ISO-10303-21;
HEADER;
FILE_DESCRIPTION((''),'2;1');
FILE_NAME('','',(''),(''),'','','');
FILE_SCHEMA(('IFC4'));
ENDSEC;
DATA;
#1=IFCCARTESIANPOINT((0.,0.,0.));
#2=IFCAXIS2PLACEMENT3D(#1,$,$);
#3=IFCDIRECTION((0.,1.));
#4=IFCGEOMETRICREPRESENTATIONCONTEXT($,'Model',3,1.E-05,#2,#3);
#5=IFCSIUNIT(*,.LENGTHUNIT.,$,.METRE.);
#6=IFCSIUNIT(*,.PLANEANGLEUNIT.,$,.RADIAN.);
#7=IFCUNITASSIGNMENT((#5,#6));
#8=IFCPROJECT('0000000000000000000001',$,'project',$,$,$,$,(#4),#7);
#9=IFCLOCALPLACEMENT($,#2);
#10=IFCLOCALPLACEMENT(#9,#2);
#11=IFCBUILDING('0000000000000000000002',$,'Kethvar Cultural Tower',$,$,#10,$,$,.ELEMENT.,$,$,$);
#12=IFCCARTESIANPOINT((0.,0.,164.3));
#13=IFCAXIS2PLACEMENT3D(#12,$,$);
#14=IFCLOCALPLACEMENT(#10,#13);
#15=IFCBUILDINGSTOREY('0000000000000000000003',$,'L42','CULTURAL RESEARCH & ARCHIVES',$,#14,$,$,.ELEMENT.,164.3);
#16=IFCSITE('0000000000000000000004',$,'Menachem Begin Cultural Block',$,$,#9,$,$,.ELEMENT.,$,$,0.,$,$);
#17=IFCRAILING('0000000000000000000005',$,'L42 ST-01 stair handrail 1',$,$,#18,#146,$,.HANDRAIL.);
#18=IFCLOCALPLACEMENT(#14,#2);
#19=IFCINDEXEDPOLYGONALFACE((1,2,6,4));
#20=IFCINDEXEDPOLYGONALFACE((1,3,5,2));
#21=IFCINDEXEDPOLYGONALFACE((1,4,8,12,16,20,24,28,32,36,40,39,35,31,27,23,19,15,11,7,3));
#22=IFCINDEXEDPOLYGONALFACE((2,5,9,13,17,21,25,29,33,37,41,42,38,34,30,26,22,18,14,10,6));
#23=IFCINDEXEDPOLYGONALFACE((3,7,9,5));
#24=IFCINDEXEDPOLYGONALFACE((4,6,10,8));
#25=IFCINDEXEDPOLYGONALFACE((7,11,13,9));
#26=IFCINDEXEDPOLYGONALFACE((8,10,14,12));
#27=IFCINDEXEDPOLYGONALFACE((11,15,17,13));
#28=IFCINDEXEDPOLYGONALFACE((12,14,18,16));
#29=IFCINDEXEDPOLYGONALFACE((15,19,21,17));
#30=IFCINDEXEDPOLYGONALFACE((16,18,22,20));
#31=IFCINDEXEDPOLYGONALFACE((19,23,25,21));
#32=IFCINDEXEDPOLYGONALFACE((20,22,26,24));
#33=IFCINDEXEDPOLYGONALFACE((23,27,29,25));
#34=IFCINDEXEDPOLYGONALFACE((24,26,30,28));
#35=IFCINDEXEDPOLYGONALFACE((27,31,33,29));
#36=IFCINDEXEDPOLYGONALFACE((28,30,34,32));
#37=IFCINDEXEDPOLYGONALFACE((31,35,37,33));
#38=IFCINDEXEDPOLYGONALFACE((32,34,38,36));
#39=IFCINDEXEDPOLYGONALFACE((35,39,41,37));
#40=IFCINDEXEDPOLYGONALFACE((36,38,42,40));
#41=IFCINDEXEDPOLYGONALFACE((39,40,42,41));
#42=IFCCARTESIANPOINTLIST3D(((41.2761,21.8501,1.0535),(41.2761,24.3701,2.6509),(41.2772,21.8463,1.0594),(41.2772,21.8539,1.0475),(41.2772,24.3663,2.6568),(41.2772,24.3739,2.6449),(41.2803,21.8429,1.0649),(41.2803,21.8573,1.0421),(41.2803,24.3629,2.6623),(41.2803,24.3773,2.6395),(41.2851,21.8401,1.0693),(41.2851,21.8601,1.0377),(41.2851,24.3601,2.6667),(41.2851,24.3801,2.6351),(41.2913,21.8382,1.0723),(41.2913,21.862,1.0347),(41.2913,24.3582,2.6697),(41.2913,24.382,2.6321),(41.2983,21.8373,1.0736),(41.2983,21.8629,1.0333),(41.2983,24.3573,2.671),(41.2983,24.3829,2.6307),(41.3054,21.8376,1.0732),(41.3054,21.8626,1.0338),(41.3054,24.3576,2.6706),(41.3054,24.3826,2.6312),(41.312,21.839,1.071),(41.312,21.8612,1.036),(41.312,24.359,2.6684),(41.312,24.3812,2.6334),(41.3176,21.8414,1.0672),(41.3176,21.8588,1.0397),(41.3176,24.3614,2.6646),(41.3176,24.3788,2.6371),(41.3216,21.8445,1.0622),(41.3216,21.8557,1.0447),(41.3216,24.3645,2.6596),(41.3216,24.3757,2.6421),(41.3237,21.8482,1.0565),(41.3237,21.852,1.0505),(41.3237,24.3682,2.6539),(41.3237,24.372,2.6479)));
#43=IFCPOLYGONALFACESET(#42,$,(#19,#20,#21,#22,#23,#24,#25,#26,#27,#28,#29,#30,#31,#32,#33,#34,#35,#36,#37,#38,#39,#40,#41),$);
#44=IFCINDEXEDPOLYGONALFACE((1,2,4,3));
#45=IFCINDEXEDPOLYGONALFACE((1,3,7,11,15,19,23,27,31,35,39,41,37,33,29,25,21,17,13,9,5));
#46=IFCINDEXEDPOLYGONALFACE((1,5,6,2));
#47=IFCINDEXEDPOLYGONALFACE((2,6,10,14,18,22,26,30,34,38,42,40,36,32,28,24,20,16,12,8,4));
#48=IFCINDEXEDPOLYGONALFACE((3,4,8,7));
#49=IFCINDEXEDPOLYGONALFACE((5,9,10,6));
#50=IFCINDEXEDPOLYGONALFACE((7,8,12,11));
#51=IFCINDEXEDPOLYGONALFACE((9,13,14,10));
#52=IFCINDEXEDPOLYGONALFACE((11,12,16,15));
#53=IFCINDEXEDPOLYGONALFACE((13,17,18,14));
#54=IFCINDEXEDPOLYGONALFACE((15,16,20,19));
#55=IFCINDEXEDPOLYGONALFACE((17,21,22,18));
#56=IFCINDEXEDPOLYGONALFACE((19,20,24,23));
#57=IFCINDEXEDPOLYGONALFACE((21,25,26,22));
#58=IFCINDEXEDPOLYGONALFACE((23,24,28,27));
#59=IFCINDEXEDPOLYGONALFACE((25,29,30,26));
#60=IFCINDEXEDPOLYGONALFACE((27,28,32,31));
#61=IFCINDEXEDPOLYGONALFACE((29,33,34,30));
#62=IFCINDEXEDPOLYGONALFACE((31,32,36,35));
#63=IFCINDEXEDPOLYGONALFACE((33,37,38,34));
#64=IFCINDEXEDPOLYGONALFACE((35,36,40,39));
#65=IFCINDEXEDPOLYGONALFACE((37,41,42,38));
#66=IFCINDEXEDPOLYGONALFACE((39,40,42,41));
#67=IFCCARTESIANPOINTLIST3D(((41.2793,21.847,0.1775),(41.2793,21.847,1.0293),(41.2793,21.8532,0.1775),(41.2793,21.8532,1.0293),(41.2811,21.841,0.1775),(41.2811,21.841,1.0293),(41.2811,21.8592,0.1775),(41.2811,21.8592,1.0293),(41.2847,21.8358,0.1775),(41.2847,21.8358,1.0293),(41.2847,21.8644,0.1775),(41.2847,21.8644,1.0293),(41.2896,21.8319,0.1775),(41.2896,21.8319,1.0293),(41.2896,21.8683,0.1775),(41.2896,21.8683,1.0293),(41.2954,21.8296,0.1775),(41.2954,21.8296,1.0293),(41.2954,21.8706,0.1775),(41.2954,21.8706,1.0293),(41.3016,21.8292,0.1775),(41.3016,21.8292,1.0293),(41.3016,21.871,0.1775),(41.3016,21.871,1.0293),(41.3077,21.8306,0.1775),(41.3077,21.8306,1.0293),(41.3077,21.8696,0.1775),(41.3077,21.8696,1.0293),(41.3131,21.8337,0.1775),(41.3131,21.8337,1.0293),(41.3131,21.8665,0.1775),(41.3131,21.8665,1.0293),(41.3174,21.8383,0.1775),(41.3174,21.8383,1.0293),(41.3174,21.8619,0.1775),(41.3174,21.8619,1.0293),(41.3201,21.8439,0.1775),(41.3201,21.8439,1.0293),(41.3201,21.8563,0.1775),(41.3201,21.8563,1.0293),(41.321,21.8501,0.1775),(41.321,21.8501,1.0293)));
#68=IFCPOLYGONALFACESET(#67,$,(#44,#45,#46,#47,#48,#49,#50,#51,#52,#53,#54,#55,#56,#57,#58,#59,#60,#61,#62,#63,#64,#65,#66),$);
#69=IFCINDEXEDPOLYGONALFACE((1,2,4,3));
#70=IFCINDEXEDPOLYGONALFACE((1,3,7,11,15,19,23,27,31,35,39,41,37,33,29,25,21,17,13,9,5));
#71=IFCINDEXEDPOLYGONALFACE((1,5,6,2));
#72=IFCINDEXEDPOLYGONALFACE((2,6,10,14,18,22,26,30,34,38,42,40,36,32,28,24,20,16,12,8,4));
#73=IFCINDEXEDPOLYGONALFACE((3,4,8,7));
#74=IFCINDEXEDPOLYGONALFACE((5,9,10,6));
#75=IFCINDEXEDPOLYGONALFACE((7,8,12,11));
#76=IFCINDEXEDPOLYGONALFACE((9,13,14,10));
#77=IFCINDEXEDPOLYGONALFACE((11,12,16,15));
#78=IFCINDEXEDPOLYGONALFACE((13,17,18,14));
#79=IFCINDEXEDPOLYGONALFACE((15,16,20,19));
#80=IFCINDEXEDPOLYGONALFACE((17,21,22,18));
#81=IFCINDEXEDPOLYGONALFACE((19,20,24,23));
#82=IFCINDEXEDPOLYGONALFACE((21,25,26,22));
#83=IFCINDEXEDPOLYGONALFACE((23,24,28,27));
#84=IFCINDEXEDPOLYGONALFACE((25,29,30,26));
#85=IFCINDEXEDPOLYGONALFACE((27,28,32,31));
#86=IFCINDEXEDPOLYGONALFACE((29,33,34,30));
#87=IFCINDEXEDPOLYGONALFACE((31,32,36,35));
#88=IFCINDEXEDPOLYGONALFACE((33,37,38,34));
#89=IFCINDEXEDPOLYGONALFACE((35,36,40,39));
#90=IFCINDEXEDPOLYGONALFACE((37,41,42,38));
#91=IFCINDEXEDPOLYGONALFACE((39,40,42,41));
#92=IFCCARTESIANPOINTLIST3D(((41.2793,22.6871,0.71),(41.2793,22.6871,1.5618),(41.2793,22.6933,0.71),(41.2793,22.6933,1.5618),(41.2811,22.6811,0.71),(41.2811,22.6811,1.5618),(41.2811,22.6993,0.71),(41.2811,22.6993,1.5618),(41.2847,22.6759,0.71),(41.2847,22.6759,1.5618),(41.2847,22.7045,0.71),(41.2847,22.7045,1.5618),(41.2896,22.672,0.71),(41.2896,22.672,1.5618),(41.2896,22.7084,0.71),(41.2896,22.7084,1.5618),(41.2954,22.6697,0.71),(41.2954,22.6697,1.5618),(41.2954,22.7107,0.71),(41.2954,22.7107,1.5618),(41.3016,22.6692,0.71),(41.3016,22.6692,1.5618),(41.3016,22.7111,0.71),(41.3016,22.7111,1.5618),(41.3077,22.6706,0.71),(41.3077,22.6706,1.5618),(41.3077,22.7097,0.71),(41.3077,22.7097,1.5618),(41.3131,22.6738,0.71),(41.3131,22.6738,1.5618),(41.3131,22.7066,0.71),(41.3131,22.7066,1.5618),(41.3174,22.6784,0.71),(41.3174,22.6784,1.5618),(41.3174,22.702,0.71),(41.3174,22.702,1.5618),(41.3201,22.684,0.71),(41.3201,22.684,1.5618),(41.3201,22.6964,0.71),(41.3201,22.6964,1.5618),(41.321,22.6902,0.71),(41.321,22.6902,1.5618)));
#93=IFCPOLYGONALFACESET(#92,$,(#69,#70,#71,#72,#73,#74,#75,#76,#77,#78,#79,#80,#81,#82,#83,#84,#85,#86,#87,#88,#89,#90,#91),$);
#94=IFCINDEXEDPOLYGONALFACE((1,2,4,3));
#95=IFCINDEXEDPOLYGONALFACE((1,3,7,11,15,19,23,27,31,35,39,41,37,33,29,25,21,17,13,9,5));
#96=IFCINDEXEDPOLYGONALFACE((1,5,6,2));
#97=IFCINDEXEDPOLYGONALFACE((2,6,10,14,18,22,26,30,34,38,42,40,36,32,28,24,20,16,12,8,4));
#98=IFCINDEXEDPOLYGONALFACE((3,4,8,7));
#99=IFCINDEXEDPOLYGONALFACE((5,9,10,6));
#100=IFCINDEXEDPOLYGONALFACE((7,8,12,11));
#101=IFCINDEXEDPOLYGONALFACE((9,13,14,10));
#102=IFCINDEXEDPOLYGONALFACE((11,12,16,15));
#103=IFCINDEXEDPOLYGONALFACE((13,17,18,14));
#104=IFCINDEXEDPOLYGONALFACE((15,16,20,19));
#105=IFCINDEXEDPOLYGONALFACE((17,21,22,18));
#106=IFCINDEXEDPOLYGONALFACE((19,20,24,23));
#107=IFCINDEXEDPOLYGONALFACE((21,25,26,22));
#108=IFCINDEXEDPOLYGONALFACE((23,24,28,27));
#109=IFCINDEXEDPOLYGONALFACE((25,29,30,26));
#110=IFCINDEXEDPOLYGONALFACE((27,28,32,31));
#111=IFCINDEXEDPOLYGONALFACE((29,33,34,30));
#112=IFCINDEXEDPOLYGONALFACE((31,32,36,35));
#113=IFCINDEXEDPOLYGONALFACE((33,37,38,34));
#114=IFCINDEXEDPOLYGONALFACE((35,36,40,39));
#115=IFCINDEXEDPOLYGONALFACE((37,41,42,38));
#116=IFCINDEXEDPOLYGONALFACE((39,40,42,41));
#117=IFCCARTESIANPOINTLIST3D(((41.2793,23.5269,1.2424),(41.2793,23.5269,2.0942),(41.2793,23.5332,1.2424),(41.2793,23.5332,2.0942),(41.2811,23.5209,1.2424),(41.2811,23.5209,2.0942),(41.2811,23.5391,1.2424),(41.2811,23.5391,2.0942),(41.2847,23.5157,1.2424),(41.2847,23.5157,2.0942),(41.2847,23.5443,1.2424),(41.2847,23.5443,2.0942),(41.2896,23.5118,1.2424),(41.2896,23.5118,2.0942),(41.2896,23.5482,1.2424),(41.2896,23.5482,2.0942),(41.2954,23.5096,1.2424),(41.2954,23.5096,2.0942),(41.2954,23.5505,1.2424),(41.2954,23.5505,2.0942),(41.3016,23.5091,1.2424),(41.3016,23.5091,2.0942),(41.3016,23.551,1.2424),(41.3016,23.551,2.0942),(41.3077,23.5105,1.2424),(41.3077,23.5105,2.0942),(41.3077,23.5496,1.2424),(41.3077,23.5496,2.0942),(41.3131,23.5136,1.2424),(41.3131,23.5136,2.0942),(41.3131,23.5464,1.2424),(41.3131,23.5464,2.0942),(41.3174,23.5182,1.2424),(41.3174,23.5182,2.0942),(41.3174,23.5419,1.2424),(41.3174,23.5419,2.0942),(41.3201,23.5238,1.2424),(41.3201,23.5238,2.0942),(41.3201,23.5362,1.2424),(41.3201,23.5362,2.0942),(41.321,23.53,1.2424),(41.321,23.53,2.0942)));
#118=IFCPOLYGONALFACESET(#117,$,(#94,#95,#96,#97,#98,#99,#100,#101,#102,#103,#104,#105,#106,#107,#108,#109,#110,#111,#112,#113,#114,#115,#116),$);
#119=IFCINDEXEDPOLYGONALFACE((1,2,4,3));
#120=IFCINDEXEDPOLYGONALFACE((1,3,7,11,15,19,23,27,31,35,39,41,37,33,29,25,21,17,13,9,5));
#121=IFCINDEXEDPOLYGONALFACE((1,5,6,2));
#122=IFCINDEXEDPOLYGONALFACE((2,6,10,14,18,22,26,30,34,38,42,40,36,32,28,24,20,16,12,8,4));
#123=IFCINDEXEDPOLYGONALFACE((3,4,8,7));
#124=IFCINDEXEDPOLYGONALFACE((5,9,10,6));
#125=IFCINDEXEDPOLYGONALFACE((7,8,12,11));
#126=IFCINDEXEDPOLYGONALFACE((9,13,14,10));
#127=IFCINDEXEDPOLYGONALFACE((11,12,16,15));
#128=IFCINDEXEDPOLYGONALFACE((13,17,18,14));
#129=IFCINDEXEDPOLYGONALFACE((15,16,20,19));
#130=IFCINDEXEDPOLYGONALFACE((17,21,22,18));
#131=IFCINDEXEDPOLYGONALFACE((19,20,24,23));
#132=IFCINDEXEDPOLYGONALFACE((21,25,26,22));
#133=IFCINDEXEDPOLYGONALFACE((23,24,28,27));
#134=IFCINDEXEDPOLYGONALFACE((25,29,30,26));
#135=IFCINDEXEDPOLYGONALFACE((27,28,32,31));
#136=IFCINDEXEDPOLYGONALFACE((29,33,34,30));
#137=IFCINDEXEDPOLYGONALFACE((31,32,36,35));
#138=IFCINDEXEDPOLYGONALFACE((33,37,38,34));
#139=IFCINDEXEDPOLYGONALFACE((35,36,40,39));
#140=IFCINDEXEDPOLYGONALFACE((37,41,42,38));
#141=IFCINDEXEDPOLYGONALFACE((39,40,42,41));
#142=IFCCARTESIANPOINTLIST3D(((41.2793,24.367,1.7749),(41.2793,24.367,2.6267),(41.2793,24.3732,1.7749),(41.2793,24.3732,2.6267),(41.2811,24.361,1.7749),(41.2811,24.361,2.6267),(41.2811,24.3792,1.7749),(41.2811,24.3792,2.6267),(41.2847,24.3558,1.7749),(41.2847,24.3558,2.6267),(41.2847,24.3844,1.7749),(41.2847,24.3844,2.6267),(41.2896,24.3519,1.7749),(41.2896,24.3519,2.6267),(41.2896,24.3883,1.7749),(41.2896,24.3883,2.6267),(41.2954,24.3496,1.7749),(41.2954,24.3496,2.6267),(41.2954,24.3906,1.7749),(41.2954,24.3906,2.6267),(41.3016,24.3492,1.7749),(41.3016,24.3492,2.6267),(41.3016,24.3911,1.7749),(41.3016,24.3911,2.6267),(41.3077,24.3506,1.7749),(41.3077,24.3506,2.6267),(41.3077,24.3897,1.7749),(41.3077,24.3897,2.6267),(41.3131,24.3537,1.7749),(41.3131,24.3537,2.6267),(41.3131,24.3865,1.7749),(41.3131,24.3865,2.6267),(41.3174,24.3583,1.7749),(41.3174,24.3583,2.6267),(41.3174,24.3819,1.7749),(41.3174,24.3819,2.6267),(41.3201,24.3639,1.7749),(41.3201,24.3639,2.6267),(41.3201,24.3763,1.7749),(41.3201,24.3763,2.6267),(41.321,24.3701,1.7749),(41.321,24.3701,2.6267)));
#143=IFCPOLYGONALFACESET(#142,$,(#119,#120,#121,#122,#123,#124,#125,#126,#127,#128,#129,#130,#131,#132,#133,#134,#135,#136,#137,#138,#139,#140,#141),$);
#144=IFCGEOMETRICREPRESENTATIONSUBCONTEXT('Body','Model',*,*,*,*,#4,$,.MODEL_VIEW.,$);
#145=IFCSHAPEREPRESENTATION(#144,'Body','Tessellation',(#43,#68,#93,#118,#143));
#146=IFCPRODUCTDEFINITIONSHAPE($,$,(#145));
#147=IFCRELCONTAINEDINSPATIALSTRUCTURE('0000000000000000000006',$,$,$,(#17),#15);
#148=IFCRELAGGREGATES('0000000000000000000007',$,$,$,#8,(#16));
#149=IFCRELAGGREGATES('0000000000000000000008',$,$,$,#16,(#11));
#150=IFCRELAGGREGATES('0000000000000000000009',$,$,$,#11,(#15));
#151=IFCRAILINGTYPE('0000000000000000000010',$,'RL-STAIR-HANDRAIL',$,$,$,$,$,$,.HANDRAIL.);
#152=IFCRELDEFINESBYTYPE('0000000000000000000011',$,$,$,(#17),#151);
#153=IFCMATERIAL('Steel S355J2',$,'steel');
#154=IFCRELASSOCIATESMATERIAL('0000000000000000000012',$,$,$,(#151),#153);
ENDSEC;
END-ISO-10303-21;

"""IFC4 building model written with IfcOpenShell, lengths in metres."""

from ifc_helpers import new_model, si_unit, direction, frame, origin, origin_2d, place, context, subcontext, project, spatial, circle, extrude, material, type_object, element, save


model = new_model("IFC4")

# Units and contexts
model_context = context("Model", 3, precision=1e-05, world=origin(), true_north=direction((0.0, 1.0)))
body_context = subcontext(model_context, "Body", "Model", "MODEL_VIEW")
ifc_project = project(units=[si_unit("LENGTHUNIT", "METRE"), si_unit("PLANEANGLEUNIT", "RADIAN")], contexts=[model_context])

# Site, building, storey
site_placement = place(None, origin())
site = spatial("IfcSite", under=ifc_project, at=site_placement, Name="Menachem Begin Cultural Block", CompositionType="ELEMENT", RefElevation=0.0)
building_placement = place(site_placement, origin())
building = spatial("IfcBuilding", under=site, at=building_placement, Name="Kethvar Cultural Tower", CompositionType="ELEMENT")
storey_placement = place(building_placement, frame((0.0, 0.0, 164.3)))
storey = spatial("IfcBuildingStorey", under=building, at=storey_placement, Name="L42", Description="CULTURAL RESEARCH & ARCHIVES", CompositionType="ELEMENT", Elevation=164.3)

# Shared definitions
ifc_material_1 = material(Name="Steel S355J2", Category="steel")

# Railing
railing_type_1 = type_object("IfcRailingType", Name="RL-STAIR-HANDRAIL", PredefinedType="HANDRAIL", material=ifc_material_1)
railing_1_placement = place(storey_placement, frame((41.3, 21.8501, 0.1775)))
element("IfcRailing", 1, at=railing_1_placement, inside=storey, type_object=railing_type_1, Name="L42 ST-01 stair handrail 1", PredefinedType="HANDRAIL", context=body_context, shape_type="SweptSolid", body=[
    extrude(circle(Radius=0.0239, at=origin_2d()), frame((0.0, 0.0, 0.876), z_axis=(0.0, 0.844607, 0.535387), x_axis=(-1.0, 0.0, 0.0)), (0.0, 0.0, 1.0), 2.9836),
    extrude(circle(Radius=0.021, at=origin_2d()), origin(), (0.0, 0.0, 1.0), 0.8518),
    extrude(circle(Radius=0.021, at=origin_2d()), frame((0.0, 0.8401, 0.5325)), (0.0, 0.0, 1.0), 0.8518),
    extrude(circle(Radius=0.021, at=origin_2d()), frame((0.0, 1.6799, 1.0649)), (0.0, 0.0, 1.0), 0.8518),
    extrude(circle(Radius=0.021, at=origin_2d()), frame((0.0, 2.52, 1.5974)), (0.0, 0.0, 1.0), 0.8518),
])

save(model, "model.ifc")
